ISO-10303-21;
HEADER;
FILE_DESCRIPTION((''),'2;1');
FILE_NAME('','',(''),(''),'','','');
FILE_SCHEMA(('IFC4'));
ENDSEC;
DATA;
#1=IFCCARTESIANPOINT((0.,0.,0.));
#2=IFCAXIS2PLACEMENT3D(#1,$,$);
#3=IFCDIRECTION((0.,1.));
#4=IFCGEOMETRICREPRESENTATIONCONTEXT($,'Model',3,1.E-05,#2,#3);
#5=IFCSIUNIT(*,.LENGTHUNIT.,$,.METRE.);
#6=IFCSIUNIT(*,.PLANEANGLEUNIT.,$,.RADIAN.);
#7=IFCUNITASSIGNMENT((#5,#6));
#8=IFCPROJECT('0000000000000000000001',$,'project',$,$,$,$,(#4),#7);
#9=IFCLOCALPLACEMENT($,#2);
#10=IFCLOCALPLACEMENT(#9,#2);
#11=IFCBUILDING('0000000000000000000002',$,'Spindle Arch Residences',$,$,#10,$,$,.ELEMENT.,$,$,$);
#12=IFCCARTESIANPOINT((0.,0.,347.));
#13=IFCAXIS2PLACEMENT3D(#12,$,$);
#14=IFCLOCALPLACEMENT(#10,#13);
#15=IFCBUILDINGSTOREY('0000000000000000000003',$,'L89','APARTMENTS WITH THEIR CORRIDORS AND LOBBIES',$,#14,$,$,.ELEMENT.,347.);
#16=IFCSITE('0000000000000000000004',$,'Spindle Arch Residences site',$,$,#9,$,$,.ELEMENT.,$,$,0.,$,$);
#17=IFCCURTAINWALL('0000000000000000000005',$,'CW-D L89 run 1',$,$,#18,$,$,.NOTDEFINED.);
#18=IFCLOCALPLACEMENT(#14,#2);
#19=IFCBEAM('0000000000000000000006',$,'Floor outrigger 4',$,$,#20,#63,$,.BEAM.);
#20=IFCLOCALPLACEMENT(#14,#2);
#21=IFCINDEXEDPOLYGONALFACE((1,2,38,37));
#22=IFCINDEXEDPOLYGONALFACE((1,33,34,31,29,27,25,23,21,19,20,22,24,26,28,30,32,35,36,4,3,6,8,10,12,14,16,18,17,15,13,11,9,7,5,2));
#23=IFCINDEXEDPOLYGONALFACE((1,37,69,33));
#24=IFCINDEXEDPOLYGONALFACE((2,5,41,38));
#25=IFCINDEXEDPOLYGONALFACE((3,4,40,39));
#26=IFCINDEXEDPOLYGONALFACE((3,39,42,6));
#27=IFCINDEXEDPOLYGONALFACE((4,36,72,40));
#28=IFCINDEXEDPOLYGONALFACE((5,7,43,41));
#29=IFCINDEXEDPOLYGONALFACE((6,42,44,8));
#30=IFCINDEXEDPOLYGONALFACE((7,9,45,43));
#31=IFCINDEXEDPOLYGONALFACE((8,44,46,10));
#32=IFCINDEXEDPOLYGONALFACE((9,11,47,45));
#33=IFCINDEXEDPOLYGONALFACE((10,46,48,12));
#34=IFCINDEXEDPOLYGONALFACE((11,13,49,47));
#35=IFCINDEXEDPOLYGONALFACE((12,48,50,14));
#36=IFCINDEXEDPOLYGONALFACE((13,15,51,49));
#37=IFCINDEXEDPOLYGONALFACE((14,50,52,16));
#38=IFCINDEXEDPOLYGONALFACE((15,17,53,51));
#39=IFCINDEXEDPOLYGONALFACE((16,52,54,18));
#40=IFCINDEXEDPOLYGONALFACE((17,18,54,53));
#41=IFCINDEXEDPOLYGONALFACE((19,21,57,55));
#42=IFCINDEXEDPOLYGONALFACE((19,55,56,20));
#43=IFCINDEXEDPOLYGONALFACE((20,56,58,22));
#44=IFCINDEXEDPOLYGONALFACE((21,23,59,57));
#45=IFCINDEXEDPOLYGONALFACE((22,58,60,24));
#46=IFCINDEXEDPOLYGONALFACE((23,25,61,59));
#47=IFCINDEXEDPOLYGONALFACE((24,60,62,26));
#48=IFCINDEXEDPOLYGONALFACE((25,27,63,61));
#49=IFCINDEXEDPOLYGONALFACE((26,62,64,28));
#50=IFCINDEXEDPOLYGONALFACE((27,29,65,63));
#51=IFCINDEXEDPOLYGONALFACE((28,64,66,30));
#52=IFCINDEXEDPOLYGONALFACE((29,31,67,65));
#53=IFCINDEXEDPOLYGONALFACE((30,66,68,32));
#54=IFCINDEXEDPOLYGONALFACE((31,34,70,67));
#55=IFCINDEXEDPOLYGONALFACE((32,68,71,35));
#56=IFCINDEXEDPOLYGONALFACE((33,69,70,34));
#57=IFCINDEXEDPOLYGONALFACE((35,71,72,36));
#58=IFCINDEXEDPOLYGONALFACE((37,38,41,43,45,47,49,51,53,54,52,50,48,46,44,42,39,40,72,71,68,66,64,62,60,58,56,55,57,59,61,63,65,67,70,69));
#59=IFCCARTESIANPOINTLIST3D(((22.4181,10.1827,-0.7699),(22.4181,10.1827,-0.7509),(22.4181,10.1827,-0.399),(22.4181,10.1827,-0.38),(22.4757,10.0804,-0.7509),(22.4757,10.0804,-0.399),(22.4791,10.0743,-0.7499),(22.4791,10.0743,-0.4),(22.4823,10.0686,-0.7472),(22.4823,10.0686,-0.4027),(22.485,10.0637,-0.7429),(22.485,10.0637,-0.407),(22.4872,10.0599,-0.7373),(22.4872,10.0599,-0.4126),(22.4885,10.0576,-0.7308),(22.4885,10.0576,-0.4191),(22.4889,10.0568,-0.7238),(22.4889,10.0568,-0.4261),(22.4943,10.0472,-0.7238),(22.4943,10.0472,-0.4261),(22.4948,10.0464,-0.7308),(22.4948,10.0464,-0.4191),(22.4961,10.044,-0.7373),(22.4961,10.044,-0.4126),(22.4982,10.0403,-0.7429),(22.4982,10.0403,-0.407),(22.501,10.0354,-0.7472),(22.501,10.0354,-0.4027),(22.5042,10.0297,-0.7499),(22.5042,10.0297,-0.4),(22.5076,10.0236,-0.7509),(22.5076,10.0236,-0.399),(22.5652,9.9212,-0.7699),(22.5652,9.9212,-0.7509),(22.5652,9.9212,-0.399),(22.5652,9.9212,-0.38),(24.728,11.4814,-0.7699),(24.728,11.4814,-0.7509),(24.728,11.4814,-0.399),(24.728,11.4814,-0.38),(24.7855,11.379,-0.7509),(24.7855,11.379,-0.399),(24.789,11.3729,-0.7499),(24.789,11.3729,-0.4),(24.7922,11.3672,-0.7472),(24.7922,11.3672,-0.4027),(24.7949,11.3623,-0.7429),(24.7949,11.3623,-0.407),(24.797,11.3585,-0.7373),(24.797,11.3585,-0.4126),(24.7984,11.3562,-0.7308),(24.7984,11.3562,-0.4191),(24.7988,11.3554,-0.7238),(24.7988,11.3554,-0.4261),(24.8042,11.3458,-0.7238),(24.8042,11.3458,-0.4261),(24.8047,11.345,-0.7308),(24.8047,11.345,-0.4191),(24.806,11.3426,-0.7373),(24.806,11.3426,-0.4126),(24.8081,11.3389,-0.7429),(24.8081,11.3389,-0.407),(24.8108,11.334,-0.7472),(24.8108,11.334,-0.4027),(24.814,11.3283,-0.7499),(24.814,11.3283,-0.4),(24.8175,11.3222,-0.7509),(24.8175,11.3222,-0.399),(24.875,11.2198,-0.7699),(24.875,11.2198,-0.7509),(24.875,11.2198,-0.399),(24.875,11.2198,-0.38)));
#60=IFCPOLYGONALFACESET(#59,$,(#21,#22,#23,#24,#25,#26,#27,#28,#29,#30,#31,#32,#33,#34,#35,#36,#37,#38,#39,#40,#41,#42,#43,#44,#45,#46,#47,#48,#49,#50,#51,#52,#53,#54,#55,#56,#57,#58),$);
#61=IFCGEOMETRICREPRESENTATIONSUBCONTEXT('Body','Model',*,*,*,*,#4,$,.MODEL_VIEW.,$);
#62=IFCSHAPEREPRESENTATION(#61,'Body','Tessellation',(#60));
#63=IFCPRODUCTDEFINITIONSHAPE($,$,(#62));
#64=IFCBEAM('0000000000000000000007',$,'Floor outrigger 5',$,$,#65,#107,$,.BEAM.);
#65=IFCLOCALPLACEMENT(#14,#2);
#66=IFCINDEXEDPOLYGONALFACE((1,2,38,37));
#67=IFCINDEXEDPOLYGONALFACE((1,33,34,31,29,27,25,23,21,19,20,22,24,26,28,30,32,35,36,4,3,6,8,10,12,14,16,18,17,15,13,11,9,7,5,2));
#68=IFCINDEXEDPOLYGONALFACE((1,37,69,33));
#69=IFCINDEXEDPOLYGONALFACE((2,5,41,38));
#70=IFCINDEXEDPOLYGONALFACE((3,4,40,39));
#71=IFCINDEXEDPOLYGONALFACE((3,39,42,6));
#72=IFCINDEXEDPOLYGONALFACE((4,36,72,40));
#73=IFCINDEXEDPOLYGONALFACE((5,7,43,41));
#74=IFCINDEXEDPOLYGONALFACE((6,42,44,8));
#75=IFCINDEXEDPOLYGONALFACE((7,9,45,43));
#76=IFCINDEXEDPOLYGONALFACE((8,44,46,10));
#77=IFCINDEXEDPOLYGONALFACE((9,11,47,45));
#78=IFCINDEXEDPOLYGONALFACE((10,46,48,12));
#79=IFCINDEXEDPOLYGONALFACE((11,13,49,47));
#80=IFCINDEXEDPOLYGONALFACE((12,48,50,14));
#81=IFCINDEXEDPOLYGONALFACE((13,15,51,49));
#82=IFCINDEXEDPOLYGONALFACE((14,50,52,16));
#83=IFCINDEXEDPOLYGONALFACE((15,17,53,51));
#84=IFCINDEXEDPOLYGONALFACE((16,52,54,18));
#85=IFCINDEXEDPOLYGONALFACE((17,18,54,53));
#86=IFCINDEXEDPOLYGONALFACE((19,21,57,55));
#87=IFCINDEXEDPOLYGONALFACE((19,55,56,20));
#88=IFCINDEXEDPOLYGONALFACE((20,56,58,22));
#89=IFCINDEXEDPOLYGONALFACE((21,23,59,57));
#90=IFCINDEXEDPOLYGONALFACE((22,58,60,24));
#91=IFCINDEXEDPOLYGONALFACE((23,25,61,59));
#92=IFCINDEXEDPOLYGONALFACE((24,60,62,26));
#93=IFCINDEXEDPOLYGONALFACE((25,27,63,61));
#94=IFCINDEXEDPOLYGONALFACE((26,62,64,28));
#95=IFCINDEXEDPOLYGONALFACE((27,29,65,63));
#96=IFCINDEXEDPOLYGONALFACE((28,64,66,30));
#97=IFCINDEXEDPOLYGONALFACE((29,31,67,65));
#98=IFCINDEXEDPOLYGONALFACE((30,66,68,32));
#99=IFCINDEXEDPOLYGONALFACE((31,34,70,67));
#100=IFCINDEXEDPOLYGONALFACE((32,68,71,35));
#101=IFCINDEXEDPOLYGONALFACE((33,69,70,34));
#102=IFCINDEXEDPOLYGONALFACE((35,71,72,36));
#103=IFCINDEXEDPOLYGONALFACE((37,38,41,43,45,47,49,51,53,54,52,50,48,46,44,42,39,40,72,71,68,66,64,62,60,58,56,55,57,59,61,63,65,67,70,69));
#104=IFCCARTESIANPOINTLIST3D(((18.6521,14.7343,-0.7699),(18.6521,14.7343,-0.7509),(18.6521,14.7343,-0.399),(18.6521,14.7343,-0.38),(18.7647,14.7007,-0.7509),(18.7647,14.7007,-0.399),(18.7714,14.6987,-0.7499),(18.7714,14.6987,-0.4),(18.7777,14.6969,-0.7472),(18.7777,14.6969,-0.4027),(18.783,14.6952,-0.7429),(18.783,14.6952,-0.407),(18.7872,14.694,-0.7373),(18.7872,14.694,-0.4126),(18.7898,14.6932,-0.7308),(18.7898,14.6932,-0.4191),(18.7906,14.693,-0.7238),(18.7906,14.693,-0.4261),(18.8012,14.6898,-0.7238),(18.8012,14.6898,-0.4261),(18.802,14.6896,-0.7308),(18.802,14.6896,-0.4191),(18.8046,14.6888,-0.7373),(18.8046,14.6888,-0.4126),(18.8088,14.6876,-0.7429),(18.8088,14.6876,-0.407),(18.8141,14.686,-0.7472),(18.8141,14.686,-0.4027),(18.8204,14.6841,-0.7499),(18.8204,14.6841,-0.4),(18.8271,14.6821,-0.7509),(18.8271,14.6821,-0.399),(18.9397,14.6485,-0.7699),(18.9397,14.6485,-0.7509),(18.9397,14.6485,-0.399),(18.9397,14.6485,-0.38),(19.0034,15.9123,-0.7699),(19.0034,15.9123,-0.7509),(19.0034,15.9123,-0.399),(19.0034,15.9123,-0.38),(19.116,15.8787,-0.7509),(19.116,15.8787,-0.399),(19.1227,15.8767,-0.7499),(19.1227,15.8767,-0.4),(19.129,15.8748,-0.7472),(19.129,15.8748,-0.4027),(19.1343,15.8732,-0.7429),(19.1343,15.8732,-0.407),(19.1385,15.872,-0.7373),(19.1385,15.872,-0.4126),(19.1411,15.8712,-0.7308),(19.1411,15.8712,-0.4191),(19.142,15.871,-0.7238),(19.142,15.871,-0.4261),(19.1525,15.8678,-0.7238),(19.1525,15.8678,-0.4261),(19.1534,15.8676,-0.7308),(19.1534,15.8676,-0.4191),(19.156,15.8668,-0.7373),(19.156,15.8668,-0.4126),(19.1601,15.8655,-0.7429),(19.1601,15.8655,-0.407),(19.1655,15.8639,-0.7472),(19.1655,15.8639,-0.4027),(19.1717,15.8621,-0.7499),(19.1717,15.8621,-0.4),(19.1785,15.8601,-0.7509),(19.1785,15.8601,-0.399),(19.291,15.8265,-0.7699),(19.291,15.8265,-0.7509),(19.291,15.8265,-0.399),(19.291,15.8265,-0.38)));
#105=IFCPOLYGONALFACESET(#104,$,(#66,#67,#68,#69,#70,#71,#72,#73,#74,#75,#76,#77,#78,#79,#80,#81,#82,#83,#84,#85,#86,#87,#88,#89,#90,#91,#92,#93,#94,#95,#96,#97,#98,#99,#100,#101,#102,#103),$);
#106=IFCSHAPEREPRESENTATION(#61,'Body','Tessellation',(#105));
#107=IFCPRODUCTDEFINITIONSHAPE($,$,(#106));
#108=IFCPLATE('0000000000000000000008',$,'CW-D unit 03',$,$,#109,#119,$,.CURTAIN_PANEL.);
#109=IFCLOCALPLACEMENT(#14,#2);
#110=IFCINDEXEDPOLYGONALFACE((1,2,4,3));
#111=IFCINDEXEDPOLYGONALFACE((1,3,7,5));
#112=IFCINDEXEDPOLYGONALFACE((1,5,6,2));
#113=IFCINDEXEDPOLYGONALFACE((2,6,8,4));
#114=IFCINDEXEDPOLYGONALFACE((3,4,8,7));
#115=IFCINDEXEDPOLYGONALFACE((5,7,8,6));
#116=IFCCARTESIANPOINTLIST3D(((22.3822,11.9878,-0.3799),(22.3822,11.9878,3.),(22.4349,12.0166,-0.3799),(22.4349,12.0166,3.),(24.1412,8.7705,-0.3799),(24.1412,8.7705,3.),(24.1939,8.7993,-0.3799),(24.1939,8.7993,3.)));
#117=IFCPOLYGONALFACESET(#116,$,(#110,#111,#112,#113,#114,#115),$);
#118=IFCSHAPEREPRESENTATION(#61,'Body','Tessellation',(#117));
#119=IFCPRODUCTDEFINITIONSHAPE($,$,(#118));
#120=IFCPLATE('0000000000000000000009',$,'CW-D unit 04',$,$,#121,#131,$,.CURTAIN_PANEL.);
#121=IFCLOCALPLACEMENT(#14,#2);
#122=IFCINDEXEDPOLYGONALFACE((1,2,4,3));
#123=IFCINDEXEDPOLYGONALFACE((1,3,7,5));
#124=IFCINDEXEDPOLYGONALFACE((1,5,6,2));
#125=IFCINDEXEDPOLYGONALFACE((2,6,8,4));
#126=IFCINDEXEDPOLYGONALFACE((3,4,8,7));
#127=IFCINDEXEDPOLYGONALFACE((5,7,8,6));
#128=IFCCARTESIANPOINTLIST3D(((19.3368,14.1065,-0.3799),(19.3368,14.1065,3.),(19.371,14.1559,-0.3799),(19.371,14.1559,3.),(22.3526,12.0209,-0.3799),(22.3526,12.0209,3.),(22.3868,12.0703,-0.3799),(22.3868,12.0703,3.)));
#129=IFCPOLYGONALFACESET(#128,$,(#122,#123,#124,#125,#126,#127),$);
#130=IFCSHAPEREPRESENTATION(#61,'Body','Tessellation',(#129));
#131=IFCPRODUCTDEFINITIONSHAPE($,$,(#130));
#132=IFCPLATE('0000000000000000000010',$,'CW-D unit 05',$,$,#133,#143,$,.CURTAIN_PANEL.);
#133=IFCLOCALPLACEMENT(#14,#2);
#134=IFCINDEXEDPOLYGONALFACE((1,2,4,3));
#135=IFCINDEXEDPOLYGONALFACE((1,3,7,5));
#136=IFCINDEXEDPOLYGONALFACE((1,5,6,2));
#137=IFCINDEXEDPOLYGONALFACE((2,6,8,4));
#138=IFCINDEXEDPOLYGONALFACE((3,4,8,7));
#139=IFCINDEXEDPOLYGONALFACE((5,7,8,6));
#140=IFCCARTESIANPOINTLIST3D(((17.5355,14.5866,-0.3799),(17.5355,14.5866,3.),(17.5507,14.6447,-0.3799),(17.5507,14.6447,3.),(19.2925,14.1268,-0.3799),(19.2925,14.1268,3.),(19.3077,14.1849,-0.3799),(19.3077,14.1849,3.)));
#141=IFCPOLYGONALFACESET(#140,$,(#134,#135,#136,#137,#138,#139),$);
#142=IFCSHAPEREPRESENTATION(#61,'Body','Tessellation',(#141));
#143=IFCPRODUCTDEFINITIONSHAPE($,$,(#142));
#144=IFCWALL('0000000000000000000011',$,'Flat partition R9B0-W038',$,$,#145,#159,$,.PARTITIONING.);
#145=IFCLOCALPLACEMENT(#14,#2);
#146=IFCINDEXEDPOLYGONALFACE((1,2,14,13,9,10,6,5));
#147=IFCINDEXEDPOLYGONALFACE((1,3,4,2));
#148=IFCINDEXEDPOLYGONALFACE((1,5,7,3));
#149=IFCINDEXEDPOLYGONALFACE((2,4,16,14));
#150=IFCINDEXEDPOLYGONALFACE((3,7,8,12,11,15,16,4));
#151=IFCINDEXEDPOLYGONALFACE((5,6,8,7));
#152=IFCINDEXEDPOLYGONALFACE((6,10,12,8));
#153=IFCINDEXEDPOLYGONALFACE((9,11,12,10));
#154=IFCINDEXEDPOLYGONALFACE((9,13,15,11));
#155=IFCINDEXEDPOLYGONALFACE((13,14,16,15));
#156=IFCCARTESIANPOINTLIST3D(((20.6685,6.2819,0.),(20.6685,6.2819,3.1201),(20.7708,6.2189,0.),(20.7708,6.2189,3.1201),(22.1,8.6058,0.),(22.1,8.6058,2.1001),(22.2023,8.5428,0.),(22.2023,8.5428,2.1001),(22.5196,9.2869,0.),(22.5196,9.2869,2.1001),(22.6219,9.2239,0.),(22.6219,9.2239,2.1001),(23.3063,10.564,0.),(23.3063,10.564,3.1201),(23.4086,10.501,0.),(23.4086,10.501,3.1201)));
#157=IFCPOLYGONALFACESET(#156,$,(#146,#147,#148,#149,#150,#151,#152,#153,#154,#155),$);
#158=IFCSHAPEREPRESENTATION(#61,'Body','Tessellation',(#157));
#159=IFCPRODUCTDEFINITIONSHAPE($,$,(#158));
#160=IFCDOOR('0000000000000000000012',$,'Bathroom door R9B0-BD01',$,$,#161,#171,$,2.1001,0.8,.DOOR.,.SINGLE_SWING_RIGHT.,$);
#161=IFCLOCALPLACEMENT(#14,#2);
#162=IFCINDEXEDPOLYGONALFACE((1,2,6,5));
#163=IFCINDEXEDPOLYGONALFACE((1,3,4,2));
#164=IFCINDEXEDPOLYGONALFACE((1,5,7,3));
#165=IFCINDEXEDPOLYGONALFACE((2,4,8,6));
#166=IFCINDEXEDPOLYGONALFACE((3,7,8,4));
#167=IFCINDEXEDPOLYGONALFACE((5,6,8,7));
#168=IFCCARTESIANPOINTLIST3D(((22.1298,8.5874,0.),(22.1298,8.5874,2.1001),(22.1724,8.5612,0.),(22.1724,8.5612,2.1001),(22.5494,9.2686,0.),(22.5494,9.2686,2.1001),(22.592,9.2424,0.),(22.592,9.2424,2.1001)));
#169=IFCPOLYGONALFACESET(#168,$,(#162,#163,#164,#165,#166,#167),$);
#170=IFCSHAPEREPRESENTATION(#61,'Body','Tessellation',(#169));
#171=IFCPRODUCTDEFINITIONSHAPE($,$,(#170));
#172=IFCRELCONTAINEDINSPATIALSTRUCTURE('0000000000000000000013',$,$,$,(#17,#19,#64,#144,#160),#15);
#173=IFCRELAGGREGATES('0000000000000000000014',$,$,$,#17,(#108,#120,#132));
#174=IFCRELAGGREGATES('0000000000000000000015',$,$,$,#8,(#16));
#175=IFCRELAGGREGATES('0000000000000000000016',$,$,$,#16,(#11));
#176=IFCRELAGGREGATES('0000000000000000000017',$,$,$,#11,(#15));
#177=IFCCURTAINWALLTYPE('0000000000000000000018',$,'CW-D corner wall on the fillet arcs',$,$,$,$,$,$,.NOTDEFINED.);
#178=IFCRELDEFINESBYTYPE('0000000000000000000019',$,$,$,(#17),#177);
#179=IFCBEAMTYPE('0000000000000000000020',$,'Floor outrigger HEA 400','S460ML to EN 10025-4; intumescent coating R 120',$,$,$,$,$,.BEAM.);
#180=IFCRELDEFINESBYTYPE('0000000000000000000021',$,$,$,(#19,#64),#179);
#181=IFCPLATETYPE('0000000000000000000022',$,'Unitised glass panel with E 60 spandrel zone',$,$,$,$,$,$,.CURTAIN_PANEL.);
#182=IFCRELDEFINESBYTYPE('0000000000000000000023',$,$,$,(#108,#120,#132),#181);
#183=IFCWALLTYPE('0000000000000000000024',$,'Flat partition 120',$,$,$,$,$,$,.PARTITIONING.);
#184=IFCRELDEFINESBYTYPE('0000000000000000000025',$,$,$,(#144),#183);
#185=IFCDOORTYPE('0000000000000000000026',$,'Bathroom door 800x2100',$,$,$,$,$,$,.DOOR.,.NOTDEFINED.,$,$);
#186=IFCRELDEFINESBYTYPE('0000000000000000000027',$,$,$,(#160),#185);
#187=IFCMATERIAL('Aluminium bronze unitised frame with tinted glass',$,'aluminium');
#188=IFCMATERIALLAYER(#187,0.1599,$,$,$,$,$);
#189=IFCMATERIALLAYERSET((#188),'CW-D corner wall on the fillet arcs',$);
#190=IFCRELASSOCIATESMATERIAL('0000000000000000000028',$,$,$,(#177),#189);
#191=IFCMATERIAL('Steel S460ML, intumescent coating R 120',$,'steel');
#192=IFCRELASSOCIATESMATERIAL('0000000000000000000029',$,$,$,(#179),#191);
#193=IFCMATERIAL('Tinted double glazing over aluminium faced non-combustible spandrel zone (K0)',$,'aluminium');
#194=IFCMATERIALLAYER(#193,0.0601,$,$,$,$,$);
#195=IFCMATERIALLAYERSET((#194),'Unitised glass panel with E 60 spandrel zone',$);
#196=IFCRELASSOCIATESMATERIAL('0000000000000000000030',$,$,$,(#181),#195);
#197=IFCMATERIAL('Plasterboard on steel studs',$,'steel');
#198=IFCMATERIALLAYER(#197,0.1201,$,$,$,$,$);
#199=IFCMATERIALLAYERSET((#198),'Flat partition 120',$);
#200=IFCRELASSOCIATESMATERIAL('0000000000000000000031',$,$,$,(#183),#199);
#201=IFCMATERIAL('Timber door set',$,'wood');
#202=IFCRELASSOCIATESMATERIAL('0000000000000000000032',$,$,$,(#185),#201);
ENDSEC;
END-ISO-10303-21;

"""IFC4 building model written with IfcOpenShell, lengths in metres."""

from ifc_helpers import new_model, si_unit, direction, frame, frame_2d, origin, origin_2d, place, context, subcontext, project, spatial, rectangle, i_section, extrude, material, layer, layer_set, material_profile, profile_set, type_object, element, fill, aggregate, save


model = new_model("IFC4")

# Units and contexts
model_context = context("Model", 3, precision=1e-05, world=origin(), true_north=direction((0.0, 1.0)))
body_context = subcontext(model_context, "Body", "Model", "MODEL_VIEW")
ifc_project = project(units=[si_unit("LENGTHUNIT", "METRE"), si_unit("PLANEANGLEUNIT", "RADIAN")], contexts=[model_context])

# Site, building, storey
site_placement = place(None, origin())
site = spatial("IfcSite", under=ifc_project, at=site_placement, Name="Spindle Arch Residences site", CompositionType="ELEMENT", RefElevation=0.0)
building_placement = place(site_placement, origin())
building = spatial("IfcBuilding", under=site, at=building_placement, Name="Spindle Arch Residences", CompositionType="ELEMENT")
storey_placement = place(building_placement, frame((0.0, 0.0, 347.0)))
storey = spatial("IfcBuildingStorey", under=building, at=storey_placement, Name="L89", Description="APARTMENTS WITH THEIR CORRIDORS AND LOBBIES", CompositionType="ELEMENT", Elevation=347.0)

# Curtain wall
ifc_material_1 = material(Name="Aluminium bronze unitised frame with tinted glass", Category="aluminium")
ifc_layer_1 = layer(ifc_material_1, 0.1599)
ifc_layer_set_1 = layer_set([ifc_layer_1], Name="CW-D corner wall on the fillet arcs")
curtain_wall_type = type_object("IfcCurtainWallType", Name="CW-D corner wall on the fillet arcs", PredefinedType="NOTDEFINED", material=ifc_layer_set_1)
curtain_wall_placement = place(storey_placement, origin())
curtain_wall = element("IfcCurtainWall", 1, at=curtain_wall_placement, inside=storey, type_object=curtain_wall_type, Name="CW-D L89 run 1", PredefinedType="NOTDEFINED")

# Beams
ifc_material_2 = material(Name="Steel S460ML, intumescent coating R 120", Category="steel")
ifc_material_profile_1 = material_profile(ifc_material_2, i_section(OverallWidth=0.3, OverallDepth=0.3899, WebThickness=0.011, FlangeThickness=0.019, FilletRadius=0.0271, at=origin_2d()), Name="HEA 400")
ifc_profile_set_1 = profile_set([ifc_material_profile_1], Name="Steel S460ML, intumescent coating R 120")
beam_type_1 = type_object("IfcBeamType", Name="Floor outrigger HEA 400", Description="S460ML to EN 10025-4; intumescent coating R 120", PredefinedType="BEAM", material=ifc_profile_set_1)
beam_1_placement = place(storey_placement, frame((24.8015, 11.3506, -0.575), z_axis=(-0.871686, -0.490064, 0.0), x_axis=(0.490064, -0.871686, 0.0)))
element("IfcBeam", 2, at=beam_1_placement, inside=storey, type_object=beam_type_1, Name="Floor outrigger 4", PredefinedType="BEAM", context=body_context, shape_type="SweptSolid", body=[
    extrude(i_section(OverallWidth=0.3, OverallDepth=0.3899, WebThickness=0.011, FlangeThickness=0.019, FilletRadius=0.0271, at=origin_2d()), origin(), (0.0, 0.0, 1.0), 2.6499),
])
beam_2_placement = place(storey_placement, frame((19.1472, 15.8694, -0.575), z_axis=(-0.285799, -0.95829, 0.0), x_axis=(0.95829, -0.285799, 0.0)))
element("IfcBeam", 3, at=beam_2_placement, inside=storey, type_object=beam_type_1, Name="Floor outrigger 5", PredefinedType="BEAM", context=body_context, shape_type="SweptSolid", body=[
    extrude(i_section(OverallWidth=0.3, OverallDepth=0.3899, WebThickness=0.011, FlangeThickness=0.019, FilletRadius=0.0271, at=origin_2d()), origin(), (0.0, 0.0, 1.0), 1.2292),
])

# Plates
ifc_material_3 = material(Name="Tinted double glazing over aluminium faced non-combustible spandrel zone (K0)", Category="aluminium")
ifc_layer_2 = layer(ifc_material_3, 0.0601)
ifc_layer_set_2 = layer_set([ifc_layer_2], Name="Unitised glass panel with E 60 spandrel zone")
plate_type = type_object("IfcPlateType", Name="Unitised glass panel with E 60 spandrel zone", PredefinedType="CURTAIN_PANEL", material=ifc_layer_set_2)
plate_1_placement = place(storey_placement, frame((23.2881, 10.3936, -0.3799), z_axis=(0.0, 0.0, 1.0), x_axis=(-0.479713, 0.877425, 0.0)))
plate_1 = element("IfcPlate", 4, at=plate_1_placement, type_object=plate_type, Name="CW-D unit 03", PredefinedType="CURTAIN_PANEL", context=body_context, shape_type="SweptSolid", body=[
    extrude(rectangle(XDim=3.6667, YDim=0.0601, at=origin_2d()), origin(), (0.0, 0.0, 1.0), 3.3799),
])
plate_2_placement = place(storey_placement, frame((20.8618, 13.0884, -0.3799), z_axis=(0.0, 0.0, 1.0), x_axis=(-0.822475, 0.568801, 0.0)))
plate_2 = element("IfcPlate", 5, at=plate_2_placement, type_object=plate_type, Name="CW-D unit 04", PredefinedType="CURTAIN_PANEL", context=body_context, shape_type="SweptSolid", body=[
    extrude(rectangle(XDim=3.6667, YDim=0.0601, at=origin_2d()), origin(), (0.0, 0.0, 1.0), 3.3799),
])
plate_3_placement = place(storey_placement, frame((18.4216, 14.3857, -0.3799), z_axis=(0.0, 0.0, 1.0), x_axis=(-0.967415, 0.253195, 0.0)))
plate_3 = element("IfcPlate", 6, at=plate_3_placement, type_object=plate_type, Name="CW-D unit 05", PredefinedType="CURTAIN_PANEL", context=body_context, shape_type="SweptSolid", body=[
    extrude(rectangle(XDim=1.8162, YDim=0.0601, at=origin_2d()), origin(), (0.0, 0.0, 1.0), 3.3799),
])
aggregate(curtain_wall, [plate_1, plate_2, plate_3])

# Wall, opening, door
ifc_material_4 = material(Name="Plasterboard on steel studs", Category="steel")
ifc_layer_3 = layer(ifc_material_4, 0.1201)
ifc_layer_set_3 = layer_set([ifc_layer_3], Name="Flat partition 120")
wall_type_1 = type_object("IfcWallType", Name="Flat partition 120", PredefinedType="PARTITIONING", material=ifc_layer_set_3)
wall_1_placement = place(storey_placement, frame((23.3574, 10.5325, 0.0), z_axis=(0.0, 0.0, 1.0), x_axis=(-0.524477, -0.851425, 0.0)))
wall_1 = element("IfcWall", 7, at=wall_1_placement, inside=storey, type_object=wall_type_1, Name="Flat partition R9B0-W038", PredefinedType="PARTITIONING", context=body_context, shape_type="SweptSolid", body=[
    extrude(rectangle(XDim=5.0293, YDim=0.1201, at=frame_2d((2.5146, 0.0))), origin(), (0.0, 0.0, 1.0), 3.1201),
])
opening_1_placement = place(wall_1_placement, frame((1.5, 0.0, 0.0)))
opening_1 = element("IfcOpeningElement", 8, at=opening_1_placement, cuts=wall_1, PredefinedType="OPENING", context=body_context, shape_type="SweptSolid", body=[
    extrude(rectangle(XDim=0.8, YDim=2.1001, at=frame_2d((0.3999, 1.05))), frame((0.0, 0.0701, 0.0), z_axis=(0.0, -1.0, 0.0), x_axis=(1.0, 0.0, 0.0)), (0.0, 0.0, 1.0), 0.1401),
])
ifc_material_5 = material(Name="Timber door set", Category="wood")
door_type_1 = type_object("IfcDoorType", Name="Bathroom door 800x2100", OperationType="NOTDEFINED", PredefinedType="DOOR", material=ifc_material_5)
door_1_placement = place(opening_1_placement, origin())
door_1 = element("IfcDoor", 9, at=door_1_placement, inside=storey, type_object=door_type_1, Name="Bathroom door R9B0-BD01", OperationType="SINGLE_SWING_RIGHT", OverallHeight=2.1001, OverallWidth=0.8, PredefinedType="DOOR", context=body_context, shape_type="SweptSolid", body=[
    extrude(rectangle(XDim=0.8, YDim=2.1001, at=frame_2d((0.3999, 1.05))), frame((0.0, 0.0249, 0.0), z_axis=(0.0, -1.0, 0.0), x_axis=(1.0, 0.0, 0.0)), (0.0, 0.0, 1.0), 0.05),
])
fill(opening_1, door_1)

save(model, "model.ifc")
